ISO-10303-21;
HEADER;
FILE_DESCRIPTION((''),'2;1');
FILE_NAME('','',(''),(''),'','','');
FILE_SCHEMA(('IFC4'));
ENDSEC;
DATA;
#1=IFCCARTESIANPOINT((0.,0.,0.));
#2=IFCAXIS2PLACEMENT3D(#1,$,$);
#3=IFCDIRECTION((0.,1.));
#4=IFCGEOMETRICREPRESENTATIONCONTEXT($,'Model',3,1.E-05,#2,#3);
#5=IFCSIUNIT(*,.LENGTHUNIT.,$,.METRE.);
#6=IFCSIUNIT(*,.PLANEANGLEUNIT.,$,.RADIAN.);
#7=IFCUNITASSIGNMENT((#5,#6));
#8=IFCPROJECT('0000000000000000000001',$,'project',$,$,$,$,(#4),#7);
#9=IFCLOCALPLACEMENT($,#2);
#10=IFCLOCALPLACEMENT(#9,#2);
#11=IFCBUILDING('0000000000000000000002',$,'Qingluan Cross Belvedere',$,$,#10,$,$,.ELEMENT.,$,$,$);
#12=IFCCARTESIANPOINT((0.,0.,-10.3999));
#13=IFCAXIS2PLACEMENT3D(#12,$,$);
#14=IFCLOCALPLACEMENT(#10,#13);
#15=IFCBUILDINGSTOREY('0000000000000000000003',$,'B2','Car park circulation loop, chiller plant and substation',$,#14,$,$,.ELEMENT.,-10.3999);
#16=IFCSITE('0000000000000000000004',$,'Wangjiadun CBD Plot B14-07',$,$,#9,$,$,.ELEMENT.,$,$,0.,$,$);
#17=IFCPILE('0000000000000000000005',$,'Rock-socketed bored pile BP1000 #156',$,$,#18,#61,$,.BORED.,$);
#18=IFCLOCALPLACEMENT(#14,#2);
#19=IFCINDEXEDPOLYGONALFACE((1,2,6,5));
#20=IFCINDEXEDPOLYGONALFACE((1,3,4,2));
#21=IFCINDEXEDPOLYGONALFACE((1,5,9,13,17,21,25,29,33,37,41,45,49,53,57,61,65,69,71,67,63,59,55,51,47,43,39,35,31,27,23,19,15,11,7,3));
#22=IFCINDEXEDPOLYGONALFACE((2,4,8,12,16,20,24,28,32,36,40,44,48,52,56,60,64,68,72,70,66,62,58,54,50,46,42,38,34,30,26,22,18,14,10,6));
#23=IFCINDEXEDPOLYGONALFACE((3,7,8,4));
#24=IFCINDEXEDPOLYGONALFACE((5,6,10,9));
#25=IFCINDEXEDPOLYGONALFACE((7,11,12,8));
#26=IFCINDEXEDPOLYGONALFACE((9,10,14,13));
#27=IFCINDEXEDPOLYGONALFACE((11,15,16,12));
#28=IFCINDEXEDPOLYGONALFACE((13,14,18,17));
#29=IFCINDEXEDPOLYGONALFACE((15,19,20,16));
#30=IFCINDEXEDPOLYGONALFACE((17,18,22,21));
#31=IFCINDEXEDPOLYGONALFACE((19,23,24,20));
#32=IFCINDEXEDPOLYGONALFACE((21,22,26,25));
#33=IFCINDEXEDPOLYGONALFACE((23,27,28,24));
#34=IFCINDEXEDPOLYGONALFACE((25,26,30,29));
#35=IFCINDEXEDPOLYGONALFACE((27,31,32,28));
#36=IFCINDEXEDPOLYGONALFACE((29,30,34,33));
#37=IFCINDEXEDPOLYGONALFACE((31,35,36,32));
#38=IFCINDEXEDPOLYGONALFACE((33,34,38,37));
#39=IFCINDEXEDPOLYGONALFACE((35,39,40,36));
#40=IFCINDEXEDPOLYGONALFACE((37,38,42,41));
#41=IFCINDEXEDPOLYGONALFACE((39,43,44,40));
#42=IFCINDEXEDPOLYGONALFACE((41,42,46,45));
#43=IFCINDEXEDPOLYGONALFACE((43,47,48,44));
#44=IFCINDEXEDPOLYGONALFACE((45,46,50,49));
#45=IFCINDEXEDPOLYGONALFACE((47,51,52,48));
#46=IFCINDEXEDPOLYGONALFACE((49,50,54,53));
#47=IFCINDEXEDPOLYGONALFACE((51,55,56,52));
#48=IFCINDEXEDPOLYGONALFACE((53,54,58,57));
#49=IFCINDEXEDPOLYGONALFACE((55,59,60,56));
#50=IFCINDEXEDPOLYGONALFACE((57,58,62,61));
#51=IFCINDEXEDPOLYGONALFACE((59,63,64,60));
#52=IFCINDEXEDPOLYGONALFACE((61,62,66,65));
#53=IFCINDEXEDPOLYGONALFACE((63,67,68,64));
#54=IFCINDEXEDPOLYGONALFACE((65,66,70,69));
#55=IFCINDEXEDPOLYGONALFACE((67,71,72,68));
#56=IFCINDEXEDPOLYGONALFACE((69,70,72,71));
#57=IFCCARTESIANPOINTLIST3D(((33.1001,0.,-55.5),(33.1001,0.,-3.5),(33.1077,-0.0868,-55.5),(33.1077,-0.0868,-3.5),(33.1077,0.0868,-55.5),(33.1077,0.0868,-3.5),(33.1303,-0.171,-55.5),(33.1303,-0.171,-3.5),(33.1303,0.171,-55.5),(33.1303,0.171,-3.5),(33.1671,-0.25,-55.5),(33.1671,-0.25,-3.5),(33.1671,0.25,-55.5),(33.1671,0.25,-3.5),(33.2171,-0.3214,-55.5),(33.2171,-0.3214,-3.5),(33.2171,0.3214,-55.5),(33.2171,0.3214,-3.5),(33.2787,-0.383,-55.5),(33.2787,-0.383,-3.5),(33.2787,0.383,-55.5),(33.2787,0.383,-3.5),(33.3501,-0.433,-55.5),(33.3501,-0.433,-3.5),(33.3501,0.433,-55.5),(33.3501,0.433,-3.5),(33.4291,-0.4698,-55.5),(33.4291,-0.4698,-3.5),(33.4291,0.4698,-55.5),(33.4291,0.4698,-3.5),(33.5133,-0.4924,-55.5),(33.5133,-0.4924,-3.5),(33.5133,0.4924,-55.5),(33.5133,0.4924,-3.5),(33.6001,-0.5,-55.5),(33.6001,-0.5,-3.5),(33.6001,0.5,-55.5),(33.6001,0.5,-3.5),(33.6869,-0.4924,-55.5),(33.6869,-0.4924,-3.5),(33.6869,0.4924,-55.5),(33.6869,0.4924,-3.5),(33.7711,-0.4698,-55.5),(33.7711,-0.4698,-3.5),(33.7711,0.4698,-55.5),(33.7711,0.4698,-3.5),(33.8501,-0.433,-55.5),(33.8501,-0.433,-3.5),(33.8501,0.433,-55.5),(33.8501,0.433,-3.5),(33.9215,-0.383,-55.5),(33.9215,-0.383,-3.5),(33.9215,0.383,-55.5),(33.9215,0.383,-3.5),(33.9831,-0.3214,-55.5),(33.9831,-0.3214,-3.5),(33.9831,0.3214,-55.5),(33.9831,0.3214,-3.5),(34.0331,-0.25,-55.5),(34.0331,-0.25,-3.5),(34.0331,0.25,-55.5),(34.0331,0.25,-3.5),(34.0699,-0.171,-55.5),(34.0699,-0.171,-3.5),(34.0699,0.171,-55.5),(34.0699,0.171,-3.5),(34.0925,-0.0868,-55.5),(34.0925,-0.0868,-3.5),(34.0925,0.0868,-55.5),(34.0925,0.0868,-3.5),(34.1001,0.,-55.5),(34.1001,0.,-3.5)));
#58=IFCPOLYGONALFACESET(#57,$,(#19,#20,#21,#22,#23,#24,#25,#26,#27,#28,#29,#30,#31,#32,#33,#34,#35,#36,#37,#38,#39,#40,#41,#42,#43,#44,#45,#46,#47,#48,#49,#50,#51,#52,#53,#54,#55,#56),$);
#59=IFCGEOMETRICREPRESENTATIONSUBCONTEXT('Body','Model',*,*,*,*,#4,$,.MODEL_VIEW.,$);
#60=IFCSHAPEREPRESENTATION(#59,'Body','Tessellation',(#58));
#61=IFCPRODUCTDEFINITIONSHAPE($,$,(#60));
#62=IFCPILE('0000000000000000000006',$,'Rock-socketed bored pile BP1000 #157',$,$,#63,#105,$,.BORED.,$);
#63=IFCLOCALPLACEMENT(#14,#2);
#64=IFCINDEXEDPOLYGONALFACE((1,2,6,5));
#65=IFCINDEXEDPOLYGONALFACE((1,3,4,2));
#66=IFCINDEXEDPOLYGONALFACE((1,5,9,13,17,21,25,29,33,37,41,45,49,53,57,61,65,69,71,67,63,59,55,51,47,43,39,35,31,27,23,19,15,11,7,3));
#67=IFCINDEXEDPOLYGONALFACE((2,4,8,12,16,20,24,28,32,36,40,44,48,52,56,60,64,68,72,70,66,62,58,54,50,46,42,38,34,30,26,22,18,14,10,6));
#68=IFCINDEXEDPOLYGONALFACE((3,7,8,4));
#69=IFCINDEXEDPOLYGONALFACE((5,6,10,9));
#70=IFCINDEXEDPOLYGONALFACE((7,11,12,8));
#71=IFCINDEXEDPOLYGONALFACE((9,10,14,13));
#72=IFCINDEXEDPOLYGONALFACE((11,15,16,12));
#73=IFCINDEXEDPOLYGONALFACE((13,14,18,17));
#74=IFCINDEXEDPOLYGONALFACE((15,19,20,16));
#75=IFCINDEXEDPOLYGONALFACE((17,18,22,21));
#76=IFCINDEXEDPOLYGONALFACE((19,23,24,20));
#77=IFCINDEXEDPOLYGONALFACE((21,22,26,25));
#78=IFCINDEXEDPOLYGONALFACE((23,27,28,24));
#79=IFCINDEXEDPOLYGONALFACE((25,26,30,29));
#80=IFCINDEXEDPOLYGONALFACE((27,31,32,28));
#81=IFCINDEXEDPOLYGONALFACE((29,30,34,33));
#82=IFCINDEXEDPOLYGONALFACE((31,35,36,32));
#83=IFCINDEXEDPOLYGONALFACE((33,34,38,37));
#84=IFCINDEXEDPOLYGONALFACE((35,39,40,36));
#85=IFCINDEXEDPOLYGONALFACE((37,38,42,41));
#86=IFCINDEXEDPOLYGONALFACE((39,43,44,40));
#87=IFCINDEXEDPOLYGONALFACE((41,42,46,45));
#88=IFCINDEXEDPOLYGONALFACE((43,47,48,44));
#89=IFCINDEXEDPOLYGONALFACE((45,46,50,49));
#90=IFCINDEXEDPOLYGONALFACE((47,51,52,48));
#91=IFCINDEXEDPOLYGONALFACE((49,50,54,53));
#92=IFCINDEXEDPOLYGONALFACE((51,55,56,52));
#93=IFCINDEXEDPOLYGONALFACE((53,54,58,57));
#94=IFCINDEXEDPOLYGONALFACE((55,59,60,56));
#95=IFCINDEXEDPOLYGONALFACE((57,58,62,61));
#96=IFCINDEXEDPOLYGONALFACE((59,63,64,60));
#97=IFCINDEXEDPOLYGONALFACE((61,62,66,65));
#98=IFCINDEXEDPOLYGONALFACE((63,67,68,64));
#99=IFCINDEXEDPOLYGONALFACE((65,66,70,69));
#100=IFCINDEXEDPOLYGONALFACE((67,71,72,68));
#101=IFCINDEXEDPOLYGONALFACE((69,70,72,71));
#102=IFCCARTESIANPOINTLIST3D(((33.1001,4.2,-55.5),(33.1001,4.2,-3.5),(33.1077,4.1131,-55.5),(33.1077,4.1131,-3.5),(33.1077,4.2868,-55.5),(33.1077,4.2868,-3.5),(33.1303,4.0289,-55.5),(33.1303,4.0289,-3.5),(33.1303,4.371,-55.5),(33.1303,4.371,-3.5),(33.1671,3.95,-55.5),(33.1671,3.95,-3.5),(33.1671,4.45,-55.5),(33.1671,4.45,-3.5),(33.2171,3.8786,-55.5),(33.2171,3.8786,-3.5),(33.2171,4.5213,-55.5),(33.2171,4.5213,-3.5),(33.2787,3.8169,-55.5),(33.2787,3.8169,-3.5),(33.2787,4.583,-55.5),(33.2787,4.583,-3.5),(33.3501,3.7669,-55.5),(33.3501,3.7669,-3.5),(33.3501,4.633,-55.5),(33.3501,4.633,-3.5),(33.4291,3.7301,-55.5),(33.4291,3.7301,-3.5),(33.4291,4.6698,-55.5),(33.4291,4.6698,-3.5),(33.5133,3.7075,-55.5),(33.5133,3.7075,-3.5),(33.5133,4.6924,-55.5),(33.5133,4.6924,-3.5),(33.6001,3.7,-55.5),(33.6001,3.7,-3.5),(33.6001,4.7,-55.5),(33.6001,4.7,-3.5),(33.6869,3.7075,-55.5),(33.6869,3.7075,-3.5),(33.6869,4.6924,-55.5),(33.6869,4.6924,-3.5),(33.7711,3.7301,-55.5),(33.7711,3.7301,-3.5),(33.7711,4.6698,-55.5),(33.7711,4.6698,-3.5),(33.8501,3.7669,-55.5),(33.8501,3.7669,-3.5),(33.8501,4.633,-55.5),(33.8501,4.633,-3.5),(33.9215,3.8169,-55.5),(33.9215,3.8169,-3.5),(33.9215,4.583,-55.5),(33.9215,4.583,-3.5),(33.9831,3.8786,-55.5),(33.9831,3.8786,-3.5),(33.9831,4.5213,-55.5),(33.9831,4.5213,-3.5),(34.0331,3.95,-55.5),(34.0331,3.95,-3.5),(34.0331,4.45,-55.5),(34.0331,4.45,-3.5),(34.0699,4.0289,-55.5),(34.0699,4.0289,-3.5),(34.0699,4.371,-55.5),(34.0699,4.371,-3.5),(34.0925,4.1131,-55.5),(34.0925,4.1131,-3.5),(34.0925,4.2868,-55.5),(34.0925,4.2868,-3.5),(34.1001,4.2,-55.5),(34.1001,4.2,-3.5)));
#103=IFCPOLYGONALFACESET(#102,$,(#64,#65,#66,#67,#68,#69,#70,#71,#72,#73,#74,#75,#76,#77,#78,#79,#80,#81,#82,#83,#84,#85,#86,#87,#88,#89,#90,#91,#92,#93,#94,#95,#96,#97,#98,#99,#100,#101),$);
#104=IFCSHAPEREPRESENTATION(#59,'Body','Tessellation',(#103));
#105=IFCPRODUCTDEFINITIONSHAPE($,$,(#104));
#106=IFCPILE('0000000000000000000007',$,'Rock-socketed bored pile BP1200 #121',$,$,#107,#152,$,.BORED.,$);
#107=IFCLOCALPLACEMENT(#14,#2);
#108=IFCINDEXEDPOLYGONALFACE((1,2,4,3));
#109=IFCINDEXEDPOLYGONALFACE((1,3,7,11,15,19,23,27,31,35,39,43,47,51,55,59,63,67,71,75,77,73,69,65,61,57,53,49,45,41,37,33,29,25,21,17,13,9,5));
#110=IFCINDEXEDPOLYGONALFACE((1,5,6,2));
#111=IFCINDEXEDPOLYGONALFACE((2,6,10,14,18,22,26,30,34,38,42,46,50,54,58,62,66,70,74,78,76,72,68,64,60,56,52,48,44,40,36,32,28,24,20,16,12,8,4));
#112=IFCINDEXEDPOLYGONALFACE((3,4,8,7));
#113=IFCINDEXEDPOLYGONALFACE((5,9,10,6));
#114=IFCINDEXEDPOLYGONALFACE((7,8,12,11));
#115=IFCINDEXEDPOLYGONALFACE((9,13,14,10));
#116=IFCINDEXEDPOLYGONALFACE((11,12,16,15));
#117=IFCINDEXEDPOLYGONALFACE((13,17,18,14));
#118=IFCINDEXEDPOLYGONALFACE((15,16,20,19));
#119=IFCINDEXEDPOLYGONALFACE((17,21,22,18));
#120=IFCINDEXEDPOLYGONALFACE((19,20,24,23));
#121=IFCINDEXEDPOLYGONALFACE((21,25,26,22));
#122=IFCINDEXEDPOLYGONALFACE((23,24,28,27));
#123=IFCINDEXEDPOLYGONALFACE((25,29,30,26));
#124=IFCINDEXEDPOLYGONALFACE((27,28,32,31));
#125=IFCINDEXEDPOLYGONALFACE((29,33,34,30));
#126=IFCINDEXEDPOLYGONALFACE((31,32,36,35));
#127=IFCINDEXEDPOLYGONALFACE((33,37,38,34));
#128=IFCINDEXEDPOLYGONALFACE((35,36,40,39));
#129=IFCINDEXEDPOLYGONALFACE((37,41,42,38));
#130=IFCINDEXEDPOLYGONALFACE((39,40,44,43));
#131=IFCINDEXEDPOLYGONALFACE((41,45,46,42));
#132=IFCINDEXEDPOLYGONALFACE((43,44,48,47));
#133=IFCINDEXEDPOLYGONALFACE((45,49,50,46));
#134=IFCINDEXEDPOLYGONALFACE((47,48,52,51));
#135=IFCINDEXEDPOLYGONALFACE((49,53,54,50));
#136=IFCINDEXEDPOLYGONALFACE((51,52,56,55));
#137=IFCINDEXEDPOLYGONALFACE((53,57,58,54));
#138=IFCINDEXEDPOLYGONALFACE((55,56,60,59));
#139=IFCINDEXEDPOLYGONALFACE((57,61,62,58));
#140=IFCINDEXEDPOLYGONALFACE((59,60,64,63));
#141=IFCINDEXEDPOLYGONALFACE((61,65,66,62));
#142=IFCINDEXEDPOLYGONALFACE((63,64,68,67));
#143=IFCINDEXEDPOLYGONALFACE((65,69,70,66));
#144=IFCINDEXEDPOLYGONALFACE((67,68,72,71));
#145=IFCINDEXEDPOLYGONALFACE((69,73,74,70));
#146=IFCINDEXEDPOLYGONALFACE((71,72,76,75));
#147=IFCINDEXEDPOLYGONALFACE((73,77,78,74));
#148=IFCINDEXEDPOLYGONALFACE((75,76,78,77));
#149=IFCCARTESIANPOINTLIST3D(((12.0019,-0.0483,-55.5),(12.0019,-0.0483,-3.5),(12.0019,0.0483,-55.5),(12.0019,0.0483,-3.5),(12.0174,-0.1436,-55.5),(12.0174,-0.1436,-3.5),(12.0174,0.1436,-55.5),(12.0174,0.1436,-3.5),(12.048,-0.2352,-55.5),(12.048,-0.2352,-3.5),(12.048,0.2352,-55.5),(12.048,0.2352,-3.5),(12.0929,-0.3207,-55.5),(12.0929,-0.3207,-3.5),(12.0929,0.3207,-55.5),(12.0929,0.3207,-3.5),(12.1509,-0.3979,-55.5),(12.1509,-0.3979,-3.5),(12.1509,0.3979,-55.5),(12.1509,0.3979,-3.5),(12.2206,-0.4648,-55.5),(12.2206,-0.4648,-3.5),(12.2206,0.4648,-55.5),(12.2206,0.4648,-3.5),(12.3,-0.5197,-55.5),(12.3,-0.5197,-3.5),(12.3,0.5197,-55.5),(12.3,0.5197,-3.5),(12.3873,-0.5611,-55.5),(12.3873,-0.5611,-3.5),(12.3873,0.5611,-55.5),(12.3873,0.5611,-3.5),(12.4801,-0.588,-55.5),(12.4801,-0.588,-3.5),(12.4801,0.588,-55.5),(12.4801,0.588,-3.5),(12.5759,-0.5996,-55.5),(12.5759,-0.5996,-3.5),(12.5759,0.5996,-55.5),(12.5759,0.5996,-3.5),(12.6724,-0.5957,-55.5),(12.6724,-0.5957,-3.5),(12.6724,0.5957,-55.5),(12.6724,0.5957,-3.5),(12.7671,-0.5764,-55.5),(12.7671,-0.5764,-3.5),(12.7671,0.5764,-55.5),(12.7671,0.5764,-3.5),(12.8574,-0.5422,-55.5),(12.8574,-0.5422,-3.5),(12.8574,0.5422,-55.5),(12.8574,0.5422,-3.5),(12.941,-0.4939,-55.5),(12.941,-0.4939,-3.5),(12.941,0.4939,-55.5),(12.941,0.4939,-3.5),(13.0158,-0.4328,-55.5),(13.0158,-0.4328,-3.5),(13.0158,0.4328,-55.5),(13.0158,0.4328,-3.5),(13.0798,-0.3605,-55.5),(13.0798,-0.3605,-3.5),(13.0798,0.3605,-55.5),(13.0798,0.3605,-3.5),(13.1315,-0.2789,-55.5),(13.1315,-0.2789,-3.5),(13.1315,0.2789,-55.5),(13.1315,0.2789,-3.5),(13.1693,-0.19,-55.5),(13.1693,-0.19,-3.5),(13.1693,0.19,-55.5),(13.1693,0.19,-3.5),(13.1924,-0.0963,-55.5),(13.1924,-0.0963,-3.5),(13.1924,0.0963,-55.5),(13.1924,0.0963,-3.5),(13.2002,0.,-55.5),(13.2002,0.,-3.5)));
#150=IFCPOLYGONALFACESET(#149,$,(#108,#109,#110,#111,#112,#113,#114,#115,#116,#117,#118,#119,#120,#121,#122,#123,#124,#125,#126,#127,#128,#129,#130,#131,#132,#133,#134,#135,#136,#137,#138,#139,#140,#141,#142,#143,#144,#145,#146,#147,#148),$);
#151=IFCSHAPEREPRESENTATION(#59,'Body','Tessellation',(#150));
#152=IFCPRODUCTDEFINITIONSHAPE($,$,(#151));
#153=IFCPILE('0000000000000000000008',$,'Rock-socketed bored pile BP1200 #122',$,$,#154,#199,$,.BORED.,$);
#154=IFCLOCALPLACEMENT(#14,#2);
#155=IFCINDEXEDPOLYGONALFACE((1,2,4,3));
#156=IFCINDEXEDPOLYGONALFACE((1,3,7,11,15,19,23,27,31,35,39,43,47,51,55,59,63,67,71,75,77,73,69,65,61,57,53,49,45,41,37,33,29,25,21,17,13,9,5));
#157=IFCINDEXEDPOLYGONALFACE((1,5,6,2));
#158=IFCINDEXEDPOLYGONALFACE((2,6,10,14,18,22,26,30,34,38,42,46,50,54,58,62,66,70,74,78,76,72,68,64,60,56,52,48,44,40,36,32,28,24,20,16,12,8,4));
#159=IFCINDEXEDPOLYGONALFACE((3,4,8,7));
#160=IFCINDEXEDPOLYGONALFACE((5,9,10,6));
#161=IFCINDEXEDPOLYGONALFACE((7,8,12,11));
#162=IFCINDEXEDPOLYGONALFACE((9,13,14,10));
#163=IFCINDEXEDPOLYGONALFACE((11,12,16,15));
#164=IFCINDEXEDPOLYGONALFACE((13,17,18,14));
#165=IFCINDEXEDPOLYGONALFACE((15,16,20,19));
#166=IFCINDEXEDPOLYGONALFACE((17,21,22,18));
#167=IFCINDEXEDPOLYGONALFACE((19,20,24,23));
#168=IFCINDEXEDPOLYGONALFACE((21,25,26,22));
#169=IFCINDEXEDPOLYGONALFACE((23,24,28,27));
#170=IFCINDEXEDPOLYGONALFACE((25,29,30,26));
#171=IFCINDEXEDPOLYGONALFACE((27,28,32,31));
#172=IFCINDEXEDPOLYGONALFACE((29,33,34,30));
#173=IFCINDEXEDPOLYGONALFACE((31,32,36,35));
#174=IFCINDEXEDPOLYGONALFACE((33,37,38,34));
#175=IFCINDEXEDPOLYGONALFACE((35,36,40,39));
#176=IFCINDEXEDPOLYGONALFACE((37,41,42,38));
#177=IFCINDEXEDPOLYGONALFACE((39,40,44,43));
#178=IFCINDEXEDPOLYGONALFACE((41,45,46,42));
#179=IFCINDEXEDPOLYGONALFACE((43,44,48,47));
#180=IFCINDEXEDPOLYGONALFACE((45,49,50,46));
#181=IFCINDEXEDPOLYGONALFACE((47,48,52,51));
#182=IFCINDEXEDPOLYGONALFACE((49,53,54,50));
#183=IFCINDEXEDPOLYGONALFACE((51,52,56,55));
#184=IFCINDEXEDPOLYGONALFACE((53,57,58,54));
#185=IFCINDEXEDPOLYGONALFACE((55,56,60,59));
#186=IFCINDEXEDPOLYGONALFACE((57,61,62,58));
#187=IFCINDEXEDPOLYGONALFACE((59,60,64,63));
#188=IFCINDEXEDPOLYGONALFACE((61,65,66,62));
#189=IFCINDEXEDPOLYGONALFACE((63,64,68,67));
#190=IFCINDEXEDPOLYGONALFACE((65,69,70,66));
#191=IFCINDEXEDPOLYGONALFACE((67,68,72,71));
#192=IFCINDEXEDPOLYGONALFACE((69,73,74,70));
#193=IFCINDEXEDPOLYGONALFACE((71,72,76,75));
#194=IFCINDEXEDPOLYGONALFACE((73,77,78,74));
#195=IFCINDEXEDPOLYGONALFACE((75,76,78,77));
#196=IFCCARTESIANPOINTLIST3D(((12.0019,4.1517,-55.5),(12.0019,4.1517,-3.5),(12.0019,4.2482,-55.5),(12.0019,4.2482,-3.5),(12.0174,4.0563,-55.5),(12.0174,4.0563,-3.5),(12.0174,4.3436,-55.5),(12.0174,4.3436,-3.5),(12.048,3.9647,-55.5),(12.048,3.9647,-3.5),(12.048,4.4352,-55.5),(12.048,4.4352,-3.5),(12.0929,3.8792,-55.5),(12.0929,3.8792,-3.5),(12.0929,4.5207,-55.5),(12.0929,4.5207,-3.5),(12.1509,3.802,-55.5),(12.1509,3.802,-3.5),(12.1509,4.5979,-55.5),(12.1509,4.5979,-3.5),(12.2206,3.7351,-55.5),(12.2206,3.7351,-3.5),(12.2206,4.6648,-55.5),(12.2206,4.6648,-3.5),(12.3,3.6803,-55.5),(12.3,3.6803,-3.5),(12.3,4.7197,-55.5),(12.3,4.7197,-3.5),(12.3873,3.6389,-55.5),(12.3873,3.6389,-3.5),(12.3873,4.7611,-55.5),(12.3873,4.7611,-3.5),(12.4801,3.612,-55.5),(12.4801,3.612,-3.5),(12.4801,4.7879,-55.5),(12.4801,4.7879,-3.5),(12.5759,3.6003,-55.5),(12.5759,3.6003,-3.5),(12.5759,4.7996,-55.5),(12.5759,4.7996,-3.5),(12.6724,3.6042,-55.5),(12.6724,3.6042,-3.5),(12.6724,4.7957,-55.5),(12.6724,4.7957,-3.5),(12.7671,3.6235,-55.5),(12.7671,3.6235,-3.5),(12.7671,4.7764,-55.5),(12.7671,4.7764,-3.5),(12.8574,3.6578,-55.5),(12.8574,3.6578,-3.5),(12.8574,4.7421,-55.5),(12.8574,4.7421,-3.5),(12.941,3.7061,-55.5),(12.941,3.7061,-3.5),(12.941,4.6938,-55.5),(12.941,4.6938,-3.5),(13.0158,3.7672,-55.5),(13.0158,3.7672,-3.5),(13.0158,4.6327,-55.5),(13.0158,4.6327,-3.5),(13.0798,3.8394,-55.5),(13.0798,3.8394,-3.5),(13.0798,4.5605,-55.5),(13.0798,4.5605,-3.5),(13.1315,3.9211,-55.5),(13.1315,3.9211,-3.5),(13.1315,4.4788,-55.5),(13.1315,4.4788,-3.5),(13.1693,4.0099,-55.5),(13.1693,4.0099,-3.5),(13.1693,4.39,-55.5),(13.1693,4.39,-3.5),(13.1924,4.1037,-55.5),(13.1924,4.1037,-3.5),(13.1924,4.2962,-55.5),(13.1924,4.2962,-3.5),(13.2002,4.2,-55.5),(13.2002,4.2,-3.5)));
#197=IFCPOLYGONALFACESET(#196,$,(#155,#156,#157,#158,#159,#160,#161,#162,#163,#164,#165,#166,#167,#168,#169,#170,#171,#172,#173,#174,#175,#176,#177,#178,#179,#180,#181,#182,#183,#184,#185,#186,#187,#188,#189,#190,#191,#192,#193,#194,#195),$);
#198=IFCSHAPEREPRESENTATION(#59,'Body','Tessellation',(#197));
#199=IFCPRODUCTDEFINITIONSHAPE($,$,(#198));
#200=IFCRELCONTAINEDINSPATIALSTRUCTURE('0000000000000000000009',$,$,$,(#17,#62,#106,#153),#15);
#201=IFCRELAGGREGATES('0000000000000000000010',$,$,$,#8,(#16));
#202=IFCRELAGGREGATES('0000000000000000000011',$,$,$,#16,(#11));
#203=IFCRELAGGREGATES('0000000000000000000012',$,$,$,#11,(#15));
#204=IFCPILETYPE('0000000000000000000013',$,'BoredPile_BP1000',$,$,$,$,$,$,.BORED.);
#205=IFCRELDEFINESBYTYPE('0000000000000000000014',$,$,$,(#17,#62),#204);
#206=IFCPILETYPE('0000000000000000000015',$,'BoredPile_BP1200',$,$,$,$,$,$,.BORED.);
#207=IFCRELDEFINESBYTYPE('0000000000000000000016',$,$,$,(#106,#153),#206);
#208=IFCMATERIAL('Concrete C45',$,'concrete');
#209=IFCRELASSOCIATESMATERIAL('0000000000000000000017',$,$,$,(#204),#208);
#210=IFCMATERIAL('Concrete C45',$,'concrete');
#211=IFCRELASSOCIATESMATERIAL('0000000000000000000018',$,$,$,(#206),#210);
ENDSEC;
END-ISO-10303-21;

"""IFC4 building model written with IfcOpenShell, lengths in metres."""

from ifc_helpers import new_model, si_unit, direction, frame, origin, origin_2d, place, context, subcontext, project, spatial, circle, extrude, material, material_profile, profile_set, type_object, element, save


model = new_model("IFC4")

# Units and contexts
model_context = context("Model", 3, precision=1e-05, world=origin(), true_north=direction((0.0, 1.0)))
body_context = subcontext(model_context, "Body", "Model", "MODEL_VIEW")
ifc_project = project(units=[si_unit("LENGTHUNIT", "METRE"), si_unit("PLANEANGLEUNIT", "RADIAN")], contexts=[model_context])

# Site, building, storey
site_placement = place(None, origin())
site = spatial("IfcSite", under=ifc_project, at=site_placement, Name="Wangjiadun CBD Plot B14-07", CompositionType="ELEMENT", RefElevation=0.0)
building_placement = place(site_placement, origin())
building = spatial("IfcBuilding", under=site, at=building_placement, Name="Qingluan Cross Belvedere", CompositionType="ELEMENT")
storey_placement = place(building_placement, frame((0.0, 0.0, -10.3999)))
storey = spatial("IfcBuildingStorey", under=building, at=storey_placement, Name="B2", Description="Car park circulation loop, chiller plant and substation", CompositionType="ELEMENT", Elevation=-10.3999)

# Piles
ifc_material_1 = material(Name="Concrete C45", Category="concrete")
ifc_material_profile_1 = material_profile(ifc_material_1, circle(Radius=0.5, at=origin_2d()), Name="BP1000")
ifc_profile_set_1 = profile_set([ifc_material_profile_1], Name="Concrete C45")
pile_type_1 = type_object("IfcPileType", Name="BoredPile_BP1000", PredefinedType="BORED", material=ifc_profile_set_1)
for number, where, z_axis, x_axis, name in (
    (1, (33.6001, 0.0, -3.5), (0.0, 0.0, -1.0), (1.0, 0.0, 0.0), "Rock-socketed bored pile BP1000 #156"),
    (2, (33.6001, 4.2, -3.5), (0.0, 0.0, -1.0), (1.0, 0.0, 0.0), "Rock-socketed bored pile BP1000 #157"),
):
    element("IfcPile", number, at=place(storey_placement, frame(where, z_axis=z_axis, x_axis=x_axis)), inside=storey, type_object=pile_type_1, Name=name, PredefinedType="BORED", context=body_context, shape_type="SweptSolid", body=[
        extrude(circle(Radius=0.5, at=origin_2d()), origin(), (0.0, 0.0, 1.0), 52.0),
    ])
ifc_material_2 = material(Name="Concrete C45", Category="concrete")
ifc_material_profile_2 = material_profile(ifc_material_2, circle(Radius=0.6001, at=origin_2d()), Name="BP1200")
ifc_profile_set_2 = profile_set([ifc_material_profile_2], Name="Concrete C45")
pile_type_2 = type_object("IfcPileType", Name="BoredPile_BP1200", PredefinedType="BORED", material=ifc_profile_set_2)
for number, where, z_axis, x_axis, name in (
    (3, (12.6001, 0.0, -3.5), (0.0, 0.0, -1.0), (1.0, 0.0, 0.0), "Rock-socketed bored pile BP1200 #121"),
    (4, (12.6001, 4.2, -3.5), (0.0, 0.0, -1.0), (1.0, 0.0, 0.0), "Rock-socketed bored pile BP1200 #122"),
):
    element("IfcPile", number, at=place(storey_placement, frame(where, z_axis=z_axis, x_axis=x_axis)), inside=storey, type_object=pile_type_2, Name=name, PredefinedType="BORED", context=body_context, shape_type="SweptSolid", body=[
        extrude(circle(Radius=0.6001, at=origin_2d()), origin(), (0.0, 0.0, 1.0), 52.0),
    ])

save(model, "model.ifc")
